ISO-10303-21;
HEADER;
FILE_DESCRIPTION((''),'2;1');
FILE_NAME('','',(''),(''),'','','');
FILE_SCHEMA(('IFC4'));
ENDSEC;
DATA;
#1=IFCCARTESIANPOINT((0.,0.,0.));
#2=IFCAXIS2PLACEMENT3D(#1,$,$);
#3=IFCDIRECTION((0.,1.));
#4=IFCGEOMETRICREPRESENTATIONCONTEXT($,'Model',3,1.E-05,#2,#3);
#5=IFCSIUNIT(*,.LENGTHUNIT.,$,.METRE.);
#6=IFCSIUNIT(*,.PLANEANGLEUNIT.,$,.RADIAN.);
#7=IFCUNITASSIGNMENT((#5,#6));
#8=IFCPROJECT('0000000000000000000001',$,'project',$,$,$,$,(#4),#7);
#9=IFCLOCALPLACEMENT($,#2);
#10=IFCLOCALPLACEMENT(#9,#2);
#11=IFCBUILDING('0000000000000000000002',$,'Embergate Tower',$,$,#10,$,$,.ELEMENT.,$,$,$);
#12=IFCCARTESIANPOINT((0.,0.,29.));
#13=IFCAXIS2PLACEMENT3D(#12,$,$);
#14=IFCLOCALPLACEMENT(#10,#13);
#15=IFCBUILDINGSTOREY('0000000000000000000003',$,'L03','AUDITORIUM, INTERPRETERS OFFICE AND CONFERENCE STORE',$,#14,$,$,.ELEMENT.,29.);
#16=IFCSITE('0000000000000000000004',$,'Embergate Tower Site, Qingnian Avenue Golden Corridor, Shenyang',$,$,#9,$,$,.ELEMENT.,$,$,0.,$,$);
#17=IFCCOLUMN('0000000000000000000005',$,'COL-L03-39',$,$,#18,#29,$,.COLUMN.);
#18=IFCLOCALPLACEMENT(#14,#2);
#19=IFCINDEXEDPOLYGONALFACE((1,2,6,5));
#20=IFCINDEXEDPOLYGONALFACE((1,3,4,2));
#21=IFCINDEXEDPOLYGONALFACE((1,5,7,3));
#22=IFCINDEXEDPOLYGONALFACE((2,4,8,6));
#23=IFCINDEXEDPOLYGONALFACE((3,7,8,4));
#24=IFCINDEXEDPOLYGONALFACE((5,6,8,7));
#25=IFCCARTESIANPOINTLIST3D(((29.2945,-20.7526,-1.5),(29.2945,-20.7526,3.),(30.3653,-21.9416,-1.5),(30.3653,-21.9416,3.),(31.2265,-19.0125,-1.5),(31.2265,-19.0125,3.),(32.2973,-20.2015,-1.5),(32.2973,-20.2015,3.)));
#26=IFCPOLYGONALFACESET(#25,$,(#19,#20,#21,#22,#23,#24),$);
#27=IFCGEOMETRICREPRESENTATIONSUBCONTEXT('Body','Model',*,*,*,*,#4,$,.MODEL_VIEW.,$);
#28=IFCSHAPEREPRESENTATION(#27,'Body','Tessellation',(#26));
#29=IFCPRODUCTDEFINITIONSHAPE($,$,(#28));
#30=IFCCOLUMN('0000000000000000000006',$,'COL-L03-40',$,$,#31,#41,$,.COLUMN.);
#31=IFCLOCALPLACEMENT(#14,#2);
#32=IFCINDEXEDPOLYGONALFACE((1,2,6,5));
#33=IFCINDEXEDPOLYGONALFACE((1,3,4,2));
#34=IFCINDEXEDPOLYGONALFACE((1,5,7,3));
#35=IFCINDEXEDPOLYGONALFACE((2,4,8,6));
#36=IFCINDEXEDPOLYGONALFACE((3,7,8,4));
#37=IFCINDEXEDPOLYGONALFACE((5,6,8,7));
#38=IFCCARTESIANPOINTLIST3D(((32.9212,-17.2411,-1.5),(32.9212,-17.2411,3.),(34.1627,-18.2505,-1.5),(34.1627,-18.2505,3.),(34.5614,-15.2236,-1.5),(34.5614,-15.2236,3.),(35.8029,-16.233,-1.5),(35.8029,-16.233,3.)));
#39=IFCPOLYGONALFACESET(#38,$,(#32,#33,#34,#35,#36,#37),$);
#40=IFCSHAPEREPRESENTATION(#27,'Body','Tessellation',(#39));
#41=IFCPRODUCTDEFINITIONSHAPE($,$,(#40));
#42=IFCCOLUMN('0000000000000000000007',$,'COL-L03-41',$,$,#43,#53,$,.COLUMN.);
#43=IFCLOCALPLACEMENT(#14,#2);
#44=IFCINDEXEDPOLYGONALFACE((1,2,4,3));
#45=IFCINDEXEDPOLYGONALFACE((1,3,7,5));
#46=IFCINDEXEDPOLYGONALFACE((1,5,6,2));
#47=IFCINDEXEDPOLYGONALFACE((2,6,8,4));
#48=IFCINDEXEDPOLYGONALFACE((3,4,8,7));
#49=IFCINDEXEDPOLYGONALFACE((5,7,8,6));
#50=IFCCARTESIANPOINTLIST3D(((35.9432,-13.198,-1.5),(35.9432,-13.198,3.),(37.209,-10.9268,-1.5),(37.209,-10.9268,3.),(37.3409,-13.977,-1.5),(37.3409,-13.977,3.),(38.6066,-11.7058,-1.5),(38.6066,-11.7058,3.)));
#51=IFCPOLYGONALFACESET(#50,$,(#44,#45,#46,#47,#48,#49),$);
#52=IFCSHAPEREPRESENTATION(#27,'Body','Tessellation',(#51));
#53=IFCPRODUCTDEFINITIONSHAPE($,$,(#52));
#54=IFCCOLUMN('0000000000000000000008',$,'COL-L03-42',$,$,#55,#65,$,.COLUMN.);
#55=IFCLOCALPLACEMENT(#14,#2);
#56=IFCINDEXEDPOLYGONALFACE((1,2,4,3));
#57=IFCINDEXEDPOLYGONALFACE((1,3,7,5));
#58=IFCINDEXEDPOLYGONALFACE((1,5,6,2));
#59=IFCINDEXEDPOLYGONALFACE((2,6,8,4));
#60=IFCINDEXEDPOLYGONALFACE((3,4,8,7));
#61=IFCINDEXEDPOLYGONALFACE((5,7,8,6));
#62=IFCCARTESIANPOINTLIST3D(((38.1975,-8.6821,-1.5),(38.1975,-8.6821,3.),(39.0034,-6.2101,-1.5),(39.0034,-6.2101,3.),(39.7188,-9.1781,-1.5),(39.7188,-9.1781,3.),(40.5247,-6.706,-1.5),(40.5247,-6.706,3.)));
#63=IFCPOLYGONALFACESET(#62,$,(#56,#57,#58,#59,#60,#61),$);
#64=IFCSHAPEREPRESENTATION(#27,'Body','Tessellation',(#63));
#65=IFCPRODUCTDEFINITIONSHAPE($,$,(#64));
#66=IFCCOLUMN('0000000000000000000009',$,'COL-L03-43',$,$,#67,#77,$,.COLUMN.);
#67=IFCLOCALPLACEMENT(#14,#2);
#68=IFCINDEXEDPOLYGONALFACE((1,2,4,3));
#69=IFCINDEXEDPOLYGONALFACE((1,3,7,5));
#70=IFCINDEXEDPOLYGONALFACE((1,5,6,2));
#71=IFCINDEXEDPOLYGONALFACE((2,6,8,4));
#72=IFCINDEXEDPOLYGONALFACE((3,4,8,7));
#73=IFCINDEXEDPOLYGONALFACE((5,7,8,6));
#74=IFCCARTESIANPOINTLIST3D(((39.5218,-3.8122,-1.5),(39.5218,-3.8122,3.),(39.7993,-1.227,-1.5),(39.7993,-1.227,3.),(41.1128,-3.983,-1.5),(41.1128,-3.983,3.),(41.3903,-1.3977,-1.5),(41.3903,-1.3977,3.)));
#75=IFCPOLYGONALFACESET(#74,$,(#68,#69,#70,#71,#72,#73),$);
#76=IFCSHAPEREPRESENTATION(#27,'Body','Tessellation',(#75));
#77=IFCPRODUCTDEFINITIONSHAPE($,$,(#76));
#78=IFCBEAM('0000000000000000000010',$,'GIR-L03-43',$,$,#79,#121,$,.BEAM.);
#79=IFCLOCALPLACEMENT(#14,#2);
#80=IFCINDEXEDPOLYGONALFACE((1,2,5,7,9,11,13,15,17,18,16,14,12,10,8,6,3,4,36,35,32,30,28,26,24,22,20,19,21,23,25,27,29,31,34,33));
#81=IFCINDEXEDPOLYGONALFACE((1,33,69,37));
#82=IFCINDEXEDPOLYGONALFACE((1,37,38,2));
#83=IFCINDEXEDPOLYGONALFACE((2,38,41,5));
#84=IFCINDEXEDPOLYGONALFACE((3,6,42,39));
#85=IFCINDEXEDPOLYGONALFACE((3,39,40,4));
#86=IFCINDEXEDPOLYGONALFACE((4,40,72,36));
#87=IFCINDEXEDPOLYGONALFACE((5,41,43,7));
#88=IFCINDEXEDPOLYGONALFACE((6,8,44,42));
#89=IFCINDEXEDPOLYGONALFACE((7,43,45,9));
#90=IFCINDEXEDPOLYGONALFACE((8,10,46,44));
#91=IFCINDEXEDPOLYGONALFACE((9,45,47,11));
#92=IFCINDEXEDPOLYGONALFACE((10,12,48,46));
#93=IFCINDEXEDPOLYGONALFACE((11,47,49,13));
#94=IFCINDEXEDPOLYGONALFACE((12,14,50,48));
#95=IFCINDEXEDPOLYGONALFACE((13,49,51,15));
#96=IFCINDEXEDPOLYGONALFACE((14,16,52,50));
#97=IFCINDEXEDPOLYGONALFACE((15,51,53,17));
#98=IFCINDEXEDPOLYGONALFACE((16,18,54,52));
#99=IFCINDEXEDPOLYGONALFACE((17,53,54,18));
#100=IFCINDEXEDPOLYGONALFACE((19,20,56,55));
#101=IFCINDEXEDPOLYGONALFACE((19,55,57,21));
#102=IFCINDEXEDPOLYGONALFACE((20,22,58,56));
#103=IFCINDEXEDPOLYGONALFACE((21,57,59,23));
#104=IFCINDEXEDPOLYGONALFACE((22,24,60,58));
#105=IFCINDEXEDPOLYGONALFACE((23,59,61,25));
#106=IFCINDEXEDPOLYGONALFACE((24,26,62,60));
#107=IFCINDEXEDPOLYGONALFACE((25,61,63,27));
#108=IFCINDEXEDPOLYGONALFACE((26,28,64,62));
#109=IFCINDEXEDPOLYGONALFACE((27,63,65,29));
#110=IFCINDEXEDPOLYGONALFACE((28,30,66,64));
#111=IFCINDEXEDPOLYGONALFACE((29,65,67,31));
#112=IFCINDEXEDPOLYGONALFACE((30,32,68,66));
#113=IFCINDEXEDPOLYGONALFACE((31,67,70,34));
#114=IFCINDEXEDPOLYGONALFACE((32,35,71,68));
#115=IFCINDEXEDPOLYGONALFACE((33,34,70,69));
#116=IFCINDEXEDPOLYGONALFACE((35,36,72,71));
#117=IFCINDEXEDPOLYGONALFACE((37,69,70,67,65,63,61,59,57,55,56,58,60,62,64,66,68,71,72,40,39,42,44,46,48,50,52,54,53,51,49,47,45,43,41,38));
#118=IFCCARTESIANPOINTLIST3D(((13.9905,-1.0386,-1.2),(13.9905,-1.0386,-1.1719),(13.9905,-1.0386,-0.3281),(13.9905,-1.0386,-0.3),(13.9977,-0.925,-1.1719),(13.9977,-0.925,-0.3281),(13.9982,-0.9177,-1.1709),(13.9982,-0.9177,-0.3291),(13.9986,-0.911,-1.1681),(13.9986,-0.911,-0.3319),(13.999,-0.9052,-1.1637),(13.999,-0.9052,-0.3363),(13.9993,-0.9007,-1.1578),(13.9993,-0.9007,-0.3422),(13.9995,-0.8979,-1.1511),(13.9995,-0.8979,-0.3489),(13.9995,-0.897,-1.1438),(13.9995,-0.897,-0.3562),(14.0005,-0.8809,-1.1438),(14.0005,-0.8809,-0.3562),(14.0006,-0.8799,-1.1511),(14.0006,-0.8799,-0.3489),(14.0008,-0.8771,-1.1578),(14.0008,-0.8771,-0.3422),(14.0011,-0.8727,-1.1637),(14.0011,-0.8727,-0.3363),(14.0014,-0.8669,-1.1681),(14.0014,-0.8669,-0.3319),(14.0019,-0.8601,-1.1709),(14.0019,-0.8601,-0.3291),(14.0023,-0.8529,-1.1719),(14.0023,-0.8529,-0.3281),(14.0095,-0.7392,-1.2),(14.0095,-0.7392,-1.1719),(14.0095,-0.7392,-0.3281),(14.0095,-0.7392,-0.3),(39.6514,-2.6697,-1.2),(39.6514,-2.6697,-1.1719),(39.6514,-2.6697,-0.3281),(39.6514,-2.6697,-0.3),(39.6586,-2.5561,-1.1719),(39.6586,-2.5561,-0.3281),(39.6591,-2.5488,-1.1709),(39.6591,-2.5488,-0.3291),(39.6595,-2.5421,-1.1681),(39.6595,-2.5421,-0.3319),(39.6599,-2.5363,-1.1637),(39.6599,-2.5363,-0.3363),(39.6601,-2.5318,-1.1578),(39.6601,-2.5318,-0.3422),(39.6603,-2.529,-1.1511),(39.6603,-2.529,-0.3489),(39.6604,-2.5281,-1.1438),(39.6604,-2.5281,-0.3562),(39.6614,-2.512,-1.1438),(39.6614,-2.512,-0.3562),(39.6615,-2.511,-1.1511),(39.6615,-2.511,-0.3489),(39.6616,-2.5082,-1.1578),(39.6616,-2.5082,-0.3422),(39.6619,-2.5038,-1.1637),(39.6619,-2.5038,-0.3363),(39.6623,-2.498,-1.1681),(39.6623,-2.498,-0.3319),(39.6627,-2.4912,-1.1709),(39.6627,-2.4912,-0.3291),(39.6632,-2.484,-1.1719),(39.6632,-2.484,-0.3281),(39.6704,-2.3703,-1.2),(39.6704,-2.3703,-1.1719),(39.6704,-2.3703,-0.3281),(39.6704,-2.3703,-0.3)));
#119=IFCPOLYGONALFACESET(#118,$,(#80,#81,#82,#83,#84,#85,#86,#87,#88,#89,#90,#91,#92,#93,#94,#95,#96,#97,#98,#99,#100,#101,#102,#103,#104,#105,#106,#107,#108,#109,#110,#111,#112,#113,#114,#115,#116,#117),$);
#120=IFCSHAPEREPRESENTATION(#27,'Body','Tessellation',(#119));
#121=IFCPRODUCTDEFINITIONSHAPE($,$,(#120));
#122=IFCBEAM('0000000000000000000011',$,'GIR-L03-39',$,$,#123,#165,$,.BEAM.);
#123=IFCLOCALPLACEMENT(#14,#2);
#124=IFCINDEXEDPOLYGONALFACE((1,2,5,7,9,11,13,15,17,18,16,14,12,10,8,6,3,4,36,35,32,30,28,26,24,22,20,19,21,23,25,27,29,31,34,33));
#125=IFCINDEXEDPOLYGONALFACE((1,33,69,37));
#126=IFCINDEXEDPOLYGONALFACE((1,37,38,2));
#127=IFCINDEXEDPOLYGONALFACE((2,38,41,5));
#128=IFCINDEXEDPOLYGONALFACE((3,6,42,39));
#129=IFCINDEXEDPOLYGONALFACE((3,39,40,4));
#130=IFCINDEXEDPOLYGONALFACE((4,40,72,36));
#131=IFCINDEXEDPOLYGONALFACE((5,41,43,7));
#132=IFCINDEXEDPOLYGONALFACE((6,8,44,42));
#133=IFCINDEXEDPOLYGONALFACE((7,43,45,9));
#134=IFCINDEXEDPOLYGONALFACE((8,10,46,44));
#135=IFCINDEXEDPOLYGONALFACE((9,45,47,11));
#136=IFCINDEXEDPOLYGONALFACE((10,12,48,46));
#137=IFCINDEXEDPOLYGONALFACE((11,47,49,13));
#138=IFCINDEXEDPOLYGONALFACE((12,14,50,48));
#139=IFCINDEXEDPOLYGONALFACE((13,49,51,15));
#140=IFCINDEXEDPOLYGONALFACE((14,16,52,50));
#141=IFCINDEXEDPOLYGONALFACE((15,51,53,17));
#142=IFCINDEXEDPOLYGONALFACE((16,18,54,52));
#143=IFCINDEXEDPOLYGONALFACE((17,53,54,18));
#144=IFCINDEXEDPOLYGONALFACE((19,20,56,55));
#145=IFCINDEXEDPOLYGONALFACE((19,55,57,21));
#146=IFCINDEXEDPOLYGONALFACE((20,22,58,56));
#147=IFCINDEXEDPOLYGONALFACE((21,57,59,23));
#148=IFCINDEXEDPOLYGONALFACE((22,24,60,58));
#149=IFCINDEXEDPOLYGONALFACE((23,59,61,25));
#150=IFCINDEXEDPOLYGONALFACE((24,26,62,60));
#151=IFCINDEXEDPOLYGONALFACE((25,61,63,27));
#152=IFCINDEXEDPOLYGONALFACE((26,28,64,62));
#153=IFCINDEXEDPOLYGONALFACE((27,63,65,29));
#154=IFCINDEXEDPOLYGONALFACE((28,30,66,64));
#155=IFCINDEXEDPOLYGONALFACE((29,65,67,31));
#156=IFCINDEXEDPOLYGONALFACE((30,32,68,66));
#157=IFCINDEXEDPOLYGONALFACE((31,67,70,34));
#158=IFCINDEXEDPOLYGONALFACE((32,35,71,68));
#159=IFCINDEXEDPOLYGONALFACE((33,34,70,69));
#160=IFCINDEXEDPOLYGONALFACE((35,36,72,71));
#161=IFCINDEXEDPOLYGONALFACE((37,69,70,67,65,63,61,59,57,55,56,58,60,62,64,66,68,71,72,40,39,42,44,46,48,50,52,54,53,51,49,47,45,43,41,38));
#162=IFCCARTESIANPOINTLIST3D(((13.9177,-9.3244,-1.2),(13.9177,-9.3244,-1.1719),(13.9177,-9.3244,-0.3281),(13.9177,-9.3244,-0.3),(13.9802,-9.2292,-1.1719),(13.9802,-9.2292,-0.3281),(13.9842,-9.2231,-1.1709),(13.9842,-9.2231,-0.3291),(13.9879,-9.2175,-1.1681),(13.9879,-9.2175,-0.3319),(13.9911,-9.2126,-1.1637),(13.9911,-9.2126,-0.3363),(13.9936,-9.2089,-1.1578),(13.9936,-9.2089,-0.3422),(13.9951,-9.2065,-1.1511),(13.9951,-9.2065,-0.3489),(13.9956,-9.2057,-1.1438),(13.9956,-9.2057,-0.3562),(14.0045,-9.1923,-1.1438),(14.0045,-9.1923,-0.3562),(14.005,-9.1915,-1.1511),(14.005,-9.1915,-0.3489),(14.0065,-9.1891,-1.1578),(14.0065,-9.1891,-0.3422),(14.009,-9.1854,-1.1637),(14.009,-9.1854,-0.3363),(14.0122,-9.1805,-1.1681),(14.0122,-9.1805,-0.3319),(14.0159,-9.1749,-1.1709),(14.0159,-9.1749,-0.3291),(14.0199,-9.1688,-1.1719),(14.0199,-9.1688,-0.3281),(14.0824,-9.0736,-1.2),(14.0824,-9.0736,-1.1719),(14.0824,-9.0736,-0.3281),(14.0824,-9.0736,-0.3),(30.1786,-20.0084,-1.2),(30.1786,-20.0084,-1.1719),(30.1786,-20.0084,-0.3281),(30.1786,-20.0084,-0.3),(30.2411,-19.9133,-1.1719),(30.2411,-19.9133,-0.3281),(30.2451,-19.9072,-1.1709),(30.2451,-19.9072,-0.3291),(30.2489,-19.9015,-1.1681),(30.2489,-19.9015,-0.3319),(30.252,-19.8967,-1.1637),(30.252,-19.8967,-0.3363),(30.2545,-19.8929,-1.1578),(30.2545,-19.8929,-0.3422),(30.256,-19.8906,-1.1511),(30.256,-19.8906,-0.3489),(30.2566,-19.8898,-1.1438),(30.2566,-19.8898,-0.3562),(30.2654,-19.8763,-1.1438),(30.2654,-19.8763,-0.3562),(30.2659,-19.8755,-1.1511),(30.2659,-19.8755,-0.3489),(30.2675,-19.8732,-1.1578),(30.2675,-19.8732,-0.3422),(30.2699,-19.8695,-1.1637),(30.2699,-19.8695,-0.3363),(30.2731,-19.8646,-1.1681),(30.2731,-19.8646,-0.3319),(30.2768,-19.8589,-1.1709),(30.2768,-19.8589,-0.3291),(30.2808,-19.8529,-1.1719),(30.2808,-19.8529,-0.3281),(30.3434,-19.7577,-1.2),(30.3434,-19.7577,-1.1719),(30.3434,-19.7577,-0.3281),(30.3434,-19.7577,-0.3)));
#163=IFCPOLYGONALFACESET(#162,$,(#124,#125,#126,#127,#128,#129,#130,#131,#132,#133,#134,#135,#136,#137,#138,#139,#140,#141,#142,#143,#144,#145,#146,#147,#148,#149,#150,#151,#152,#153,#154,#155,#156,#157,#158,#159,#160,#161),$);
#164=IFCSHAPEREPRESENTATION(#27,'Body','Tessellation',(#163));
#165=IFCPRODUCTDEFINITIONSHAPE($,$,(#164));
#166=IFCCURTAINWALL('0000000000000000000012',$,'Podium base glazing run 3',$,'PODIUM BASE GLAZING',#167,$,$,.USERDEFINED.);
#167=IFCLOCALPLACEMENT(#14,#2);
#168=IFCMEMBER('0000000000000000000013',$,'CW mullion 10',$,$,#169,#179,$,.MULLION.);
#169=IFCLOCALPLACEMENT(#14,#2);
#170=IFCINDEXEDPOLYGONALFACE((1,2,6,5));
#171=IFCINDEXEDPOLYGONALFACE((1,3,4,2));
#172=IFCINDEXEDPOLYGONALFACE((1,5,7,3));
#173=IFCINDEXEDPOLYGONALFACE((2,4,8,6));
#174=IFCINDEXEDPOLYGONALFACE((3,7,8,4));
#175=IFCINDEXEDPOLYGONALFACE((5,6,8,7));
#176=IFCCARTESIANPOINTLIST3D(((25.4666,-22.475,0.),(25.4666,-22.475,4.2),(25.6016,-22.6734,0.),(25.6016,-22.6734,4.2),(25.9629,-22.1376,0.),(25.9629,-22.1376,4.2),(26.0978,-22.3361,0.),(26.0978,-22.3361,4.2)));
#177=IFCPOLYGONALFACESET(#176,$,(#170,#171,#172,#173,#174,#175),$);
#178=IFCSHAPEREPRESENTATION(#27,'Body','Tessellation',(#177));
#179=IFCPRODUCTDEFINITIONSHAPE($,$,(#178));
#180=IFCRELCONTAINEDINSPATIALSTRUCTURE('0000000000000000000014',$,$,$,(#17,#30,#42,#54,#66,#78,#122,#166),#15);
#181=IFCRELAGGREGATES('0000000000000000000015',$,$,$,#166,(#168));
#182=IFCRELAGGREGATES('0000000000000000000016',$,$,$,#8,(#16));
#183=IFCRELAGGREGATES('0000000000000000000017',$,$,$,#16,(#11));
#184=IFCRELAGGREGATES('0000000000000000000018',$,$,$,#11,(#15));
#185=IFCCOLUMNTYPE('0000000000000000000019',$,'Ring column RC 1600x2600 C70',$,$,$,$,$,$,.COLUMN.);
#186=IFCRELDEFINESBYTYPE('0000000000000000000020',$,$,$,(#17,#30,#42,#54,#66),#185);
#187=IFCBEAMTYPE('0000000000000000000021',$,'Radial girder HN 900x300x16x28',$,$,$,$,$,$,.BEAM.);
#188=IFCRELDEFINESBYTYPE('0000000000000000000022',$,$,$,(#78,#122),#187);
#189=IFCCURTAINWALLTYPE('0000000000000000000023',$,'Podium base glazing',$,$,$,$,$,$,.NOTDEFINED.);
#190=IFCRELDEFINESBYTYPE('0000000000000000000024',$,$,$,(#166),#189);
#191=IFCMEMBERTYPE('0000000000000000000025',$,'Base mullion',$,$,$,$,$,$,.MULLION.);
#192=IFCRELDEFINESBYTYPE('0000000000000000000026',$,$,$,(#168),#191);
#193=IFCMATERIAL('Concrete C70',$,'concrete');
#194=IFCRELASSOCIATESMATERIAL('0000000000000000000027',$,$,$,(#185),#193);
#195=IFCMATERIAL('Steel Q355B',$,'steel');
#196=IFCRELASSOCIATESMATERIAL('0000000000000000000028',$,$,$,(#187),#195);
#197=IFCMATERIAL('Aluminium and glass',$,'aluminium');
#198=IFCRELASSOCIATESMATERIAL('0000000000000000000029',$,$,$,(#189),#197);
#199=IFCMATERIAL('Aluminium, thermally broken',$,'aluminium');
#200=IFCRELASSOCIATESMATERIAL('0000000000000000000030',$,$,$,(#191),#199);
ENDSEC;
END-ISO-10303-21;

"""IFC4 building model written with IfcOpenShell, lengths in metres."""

from ifc_helpers import new_model, si_unit, direction, frame, origin, origin_2d, place, context, subcontext, project, spatial, rectangle, i_section, extrude, source, transform, mapped, material, material_profile, profile_set, type_object, element, aggregate, save


model = new_model("IFC4")

# Units and contexts
model_context = context("Model", 3, precision=1e-05, world=origin(), true_north=direction((0.0, 1.0)))
body_context = subcontext(model_context, "Body", "Model", "MODEL_VIEW")
ifc_project = project(units=[si_unit("LENGTHUNIT", "METRE"), si_unit("PLANEANGLEUNIT", "RADIAN")], contexts=[model_context])

# Site, building, storey
site_placement = place(None, origin())
site = spatial("IfcSite", under=ifc_project, at=site_placement, Name="Embergate Tower Site, Qingnian Avenue Golden Corridor, Shenyang", CompositionType="ELEMENT", RefElevation=0.0)
building_placement = place(site_placement, origin())
building = spatial("IfcBuilding", under=site, at=building_placement, Name="Embergate Tower", CompositionType="ELEMENT")
storey_placement = place(building_placement, frame((0.0, 0.0, 29.0)))
storey = spatial("IfcBuildingStorey", under=building, at=storey_placement, Name="L03", Description="AUDITORIUM, INTERPRETERS OFFICE AND CONFERENCE STORE", CompositionType="ELEMENT", Elevation=29.0)

# Columns
ifc_material_1 = material(Name="Concrete C70", Category="concrete")
ifc_material_profile_1 = material_profile(ifc_material_1, rectangle(XDim=1.6001, YDim=2.6001, at=origin_2d()), Name="RC 1600x2600")
ifc_profile_set_1 = profile_set([ifc_material_profile_1], Name="Concrete C70")
column_type = type_object("IfcColumnType", Name="Ring column RC 1600x2600 C70", PredefinedType="COLUMN", material=ifc_profile_set_1)
shared_shape_1 = source(origin(), body_context, "Body", "SweptSolid", [
    extrude(rectangle(XDim=1.6001, YDim=2.6001, at=origin_2d()), origin(), (0.0, 0.0, 1.0), 4.5),
])
for number, where, z_axis, x_axis, name in (
    (1, (30.7959, -20.4771, -1.5), (0.0, 0.0, 1.0), (0.669221, -0.743063, 0.0), "COL-L03-39"),
    (2, (34.3621, -16.7371, -1.5), (0.0, 0.0, 1.0), (0.775925, -0.630825, 0.0), "COL-L03-40"),
    (3, (37.2749, -12.4519, -1.5), (0.0, 0.0, 1.0), (0.8735, -0.486823, 0.0), "COL-L03-41"),
    (4, (39.3611, -7.6941, -1.5), (0.0, 0.0, 1.0), (0.950754, -0.309946, 0.0), "COL-L03-42"),
    (5, (40.4561, -2.605, -1.5), (0.0, 0.0, 1.0), (0.994288, -0.106733, 0.0), "COL-L03-43"),
):
    element("IfcColumn", number, at=place(storey_placement, frame(where, z_axis=z_axis, x_axis=x_axis)), inside=storey, type_object=column_type, Name=name, PredefinedType="COLUMN", context=body_context, shape_type="MappedRepresentation", body=[
        mapped(shared_shape_1, transform((0.0, 0.0, 0.0))),
    ])

# Beams
ifc_material_2 = material(Name="Steel Q355B", Category="steel")
ifc_material_profile_2 = material_profile(ifc_material_2, i_section(OverallWidth=0.3, OverallDepth=0.8999, WebThickness=0.0161, FlangeThickness=0.0281, FilletRadius=0.0281, at=origin_2d()), Name="HN 900x300x16x28")
ifc_profile_set_2 = profile_set([ifc_material_profile_2], Name="Steel Q355 grade B")
beam_type = type_object("IfcBeamType", Name="Radial girder HN 900x300x16x28", PredefinedType="BEAM", material=ifc_profile_set_2)
shared_shape_2 = source(origin(), body_context, "Body", "SweptSolid", [
    extrude(i_section(OverallWidth=0.3, OverallDepth=0.8999, WebThickness=0.0161, FlangeThickness=0.0281, FilletRadius=0.0281, at=origin_2d()), origin(), (0.0, 0.0, 1.0), 25.7126),
])
beam_1_placement = place(storey_placement, frame((39.6609, -2.52, -0.75), z_axis=(-0.997986, 0.063436, 0.0), x_axis=(-0.063436, -0.997986, 0.0)))
element("IfcBeam", 6, at=beam_1_placement, inside=storey, type_object=beam_type, Name="GIR-L03-43", PredefinedType="BEAM", context=body_context, shape_type="MappedRepresentation", body=[
    mapped(shared_shape_2, transform((0.0, 0.0, 0.0))),
])
shared_shape_3 = source(origin(), body_context, "Body", "SweptSolid", [
    extrude(i_section(OverallWidth=0.3, OverallDepth=0.8999, WebThickness=0.0161, FlangeThickness=0.0281, FilletRadius=0.0281, at=origin_2d()), origin(), (0.0, 0.0, 1.0), 19.4568),
])
beam_2_placement = place(storey_placement, frame((30.261, -19.8831, -0.75), z_axis=(-0.835746, 0.549117, 0.0), x_axis=(-0.549117, -0.835746, 0.0)))
element("IfcBeam", 7, at=beam_2_placement, inside=storey, type_object=beam_type, Name="GIR-L03-39", PredefinedType="BEAM", context=body_context, shape_type="MappedRepresentation", body=[
    mapped(shared_shape_3, transform((0.0, 0.0, 0.0))),
])

# Curtain wall, member
ifc_material_3 = material(Name="Aluminium and glass", Category="aluminium")
curtain_wall_type = type_object("IfcCurtainWallType", Name="Podium base glazing", PredefinedType="NOTDEFINED", material=ifc_material_3)
curtain_wall_placement = place(storey_placement, origin())
curtain_wall = element("IfcCurtainWall", 8, at=curtain_wall_placement, inside=storey, type_object=curtain_wall_type, Name="Podium base glazing run 3", ObjectType="PODIUM BASE GLAZING", PredefinedType="USERDEFINED")
ifc_material_4 = material(Name="Aluminium, thermally broken", Category="aluminium")
ifc_material_profile_3 = material_profile(ifc_material_4, rectangle(XDim=0.24, YDim=0.6001, at=origin_2d()), Name="AL 600x240")
ifc_profile_set_3 = profile_set([ifc_material_profile_3], Name="Aluminium, thermally broken")
member_type = type_object("IfcMemberType", Name="Base mullion", PredefinedType="MULLION", material=ifc_profile_set_3)
shared_shape_4 = source(origin(), body_context, "Body", "SweptSolid", [
    extrude(rectangle(XDim=0.24, YDim=0.6001, at=origin_2d()), origin(), (0.0, 0.0, 1.0), 4.2),
])
member_placement = place(storey_placement, frame((25.7822, -22.4055, 0.0), z_axis=(0.0, 0.0, 1.0), x_axis=(-0.562226, 0.826983, 0.0)))
member = element("IfcMember", 9, at=member_placement, type_object=member_type, Name="CW mullion 10", PredefinedType="MULLION", context=body_context, shape_type="MappedRepresentation", body=[
    mapped(shared_shape_4, transform((0.0, 0.0, 0.0))),
])
aggregate(curtain_wall, [member])

save(model, "model.ifc")
